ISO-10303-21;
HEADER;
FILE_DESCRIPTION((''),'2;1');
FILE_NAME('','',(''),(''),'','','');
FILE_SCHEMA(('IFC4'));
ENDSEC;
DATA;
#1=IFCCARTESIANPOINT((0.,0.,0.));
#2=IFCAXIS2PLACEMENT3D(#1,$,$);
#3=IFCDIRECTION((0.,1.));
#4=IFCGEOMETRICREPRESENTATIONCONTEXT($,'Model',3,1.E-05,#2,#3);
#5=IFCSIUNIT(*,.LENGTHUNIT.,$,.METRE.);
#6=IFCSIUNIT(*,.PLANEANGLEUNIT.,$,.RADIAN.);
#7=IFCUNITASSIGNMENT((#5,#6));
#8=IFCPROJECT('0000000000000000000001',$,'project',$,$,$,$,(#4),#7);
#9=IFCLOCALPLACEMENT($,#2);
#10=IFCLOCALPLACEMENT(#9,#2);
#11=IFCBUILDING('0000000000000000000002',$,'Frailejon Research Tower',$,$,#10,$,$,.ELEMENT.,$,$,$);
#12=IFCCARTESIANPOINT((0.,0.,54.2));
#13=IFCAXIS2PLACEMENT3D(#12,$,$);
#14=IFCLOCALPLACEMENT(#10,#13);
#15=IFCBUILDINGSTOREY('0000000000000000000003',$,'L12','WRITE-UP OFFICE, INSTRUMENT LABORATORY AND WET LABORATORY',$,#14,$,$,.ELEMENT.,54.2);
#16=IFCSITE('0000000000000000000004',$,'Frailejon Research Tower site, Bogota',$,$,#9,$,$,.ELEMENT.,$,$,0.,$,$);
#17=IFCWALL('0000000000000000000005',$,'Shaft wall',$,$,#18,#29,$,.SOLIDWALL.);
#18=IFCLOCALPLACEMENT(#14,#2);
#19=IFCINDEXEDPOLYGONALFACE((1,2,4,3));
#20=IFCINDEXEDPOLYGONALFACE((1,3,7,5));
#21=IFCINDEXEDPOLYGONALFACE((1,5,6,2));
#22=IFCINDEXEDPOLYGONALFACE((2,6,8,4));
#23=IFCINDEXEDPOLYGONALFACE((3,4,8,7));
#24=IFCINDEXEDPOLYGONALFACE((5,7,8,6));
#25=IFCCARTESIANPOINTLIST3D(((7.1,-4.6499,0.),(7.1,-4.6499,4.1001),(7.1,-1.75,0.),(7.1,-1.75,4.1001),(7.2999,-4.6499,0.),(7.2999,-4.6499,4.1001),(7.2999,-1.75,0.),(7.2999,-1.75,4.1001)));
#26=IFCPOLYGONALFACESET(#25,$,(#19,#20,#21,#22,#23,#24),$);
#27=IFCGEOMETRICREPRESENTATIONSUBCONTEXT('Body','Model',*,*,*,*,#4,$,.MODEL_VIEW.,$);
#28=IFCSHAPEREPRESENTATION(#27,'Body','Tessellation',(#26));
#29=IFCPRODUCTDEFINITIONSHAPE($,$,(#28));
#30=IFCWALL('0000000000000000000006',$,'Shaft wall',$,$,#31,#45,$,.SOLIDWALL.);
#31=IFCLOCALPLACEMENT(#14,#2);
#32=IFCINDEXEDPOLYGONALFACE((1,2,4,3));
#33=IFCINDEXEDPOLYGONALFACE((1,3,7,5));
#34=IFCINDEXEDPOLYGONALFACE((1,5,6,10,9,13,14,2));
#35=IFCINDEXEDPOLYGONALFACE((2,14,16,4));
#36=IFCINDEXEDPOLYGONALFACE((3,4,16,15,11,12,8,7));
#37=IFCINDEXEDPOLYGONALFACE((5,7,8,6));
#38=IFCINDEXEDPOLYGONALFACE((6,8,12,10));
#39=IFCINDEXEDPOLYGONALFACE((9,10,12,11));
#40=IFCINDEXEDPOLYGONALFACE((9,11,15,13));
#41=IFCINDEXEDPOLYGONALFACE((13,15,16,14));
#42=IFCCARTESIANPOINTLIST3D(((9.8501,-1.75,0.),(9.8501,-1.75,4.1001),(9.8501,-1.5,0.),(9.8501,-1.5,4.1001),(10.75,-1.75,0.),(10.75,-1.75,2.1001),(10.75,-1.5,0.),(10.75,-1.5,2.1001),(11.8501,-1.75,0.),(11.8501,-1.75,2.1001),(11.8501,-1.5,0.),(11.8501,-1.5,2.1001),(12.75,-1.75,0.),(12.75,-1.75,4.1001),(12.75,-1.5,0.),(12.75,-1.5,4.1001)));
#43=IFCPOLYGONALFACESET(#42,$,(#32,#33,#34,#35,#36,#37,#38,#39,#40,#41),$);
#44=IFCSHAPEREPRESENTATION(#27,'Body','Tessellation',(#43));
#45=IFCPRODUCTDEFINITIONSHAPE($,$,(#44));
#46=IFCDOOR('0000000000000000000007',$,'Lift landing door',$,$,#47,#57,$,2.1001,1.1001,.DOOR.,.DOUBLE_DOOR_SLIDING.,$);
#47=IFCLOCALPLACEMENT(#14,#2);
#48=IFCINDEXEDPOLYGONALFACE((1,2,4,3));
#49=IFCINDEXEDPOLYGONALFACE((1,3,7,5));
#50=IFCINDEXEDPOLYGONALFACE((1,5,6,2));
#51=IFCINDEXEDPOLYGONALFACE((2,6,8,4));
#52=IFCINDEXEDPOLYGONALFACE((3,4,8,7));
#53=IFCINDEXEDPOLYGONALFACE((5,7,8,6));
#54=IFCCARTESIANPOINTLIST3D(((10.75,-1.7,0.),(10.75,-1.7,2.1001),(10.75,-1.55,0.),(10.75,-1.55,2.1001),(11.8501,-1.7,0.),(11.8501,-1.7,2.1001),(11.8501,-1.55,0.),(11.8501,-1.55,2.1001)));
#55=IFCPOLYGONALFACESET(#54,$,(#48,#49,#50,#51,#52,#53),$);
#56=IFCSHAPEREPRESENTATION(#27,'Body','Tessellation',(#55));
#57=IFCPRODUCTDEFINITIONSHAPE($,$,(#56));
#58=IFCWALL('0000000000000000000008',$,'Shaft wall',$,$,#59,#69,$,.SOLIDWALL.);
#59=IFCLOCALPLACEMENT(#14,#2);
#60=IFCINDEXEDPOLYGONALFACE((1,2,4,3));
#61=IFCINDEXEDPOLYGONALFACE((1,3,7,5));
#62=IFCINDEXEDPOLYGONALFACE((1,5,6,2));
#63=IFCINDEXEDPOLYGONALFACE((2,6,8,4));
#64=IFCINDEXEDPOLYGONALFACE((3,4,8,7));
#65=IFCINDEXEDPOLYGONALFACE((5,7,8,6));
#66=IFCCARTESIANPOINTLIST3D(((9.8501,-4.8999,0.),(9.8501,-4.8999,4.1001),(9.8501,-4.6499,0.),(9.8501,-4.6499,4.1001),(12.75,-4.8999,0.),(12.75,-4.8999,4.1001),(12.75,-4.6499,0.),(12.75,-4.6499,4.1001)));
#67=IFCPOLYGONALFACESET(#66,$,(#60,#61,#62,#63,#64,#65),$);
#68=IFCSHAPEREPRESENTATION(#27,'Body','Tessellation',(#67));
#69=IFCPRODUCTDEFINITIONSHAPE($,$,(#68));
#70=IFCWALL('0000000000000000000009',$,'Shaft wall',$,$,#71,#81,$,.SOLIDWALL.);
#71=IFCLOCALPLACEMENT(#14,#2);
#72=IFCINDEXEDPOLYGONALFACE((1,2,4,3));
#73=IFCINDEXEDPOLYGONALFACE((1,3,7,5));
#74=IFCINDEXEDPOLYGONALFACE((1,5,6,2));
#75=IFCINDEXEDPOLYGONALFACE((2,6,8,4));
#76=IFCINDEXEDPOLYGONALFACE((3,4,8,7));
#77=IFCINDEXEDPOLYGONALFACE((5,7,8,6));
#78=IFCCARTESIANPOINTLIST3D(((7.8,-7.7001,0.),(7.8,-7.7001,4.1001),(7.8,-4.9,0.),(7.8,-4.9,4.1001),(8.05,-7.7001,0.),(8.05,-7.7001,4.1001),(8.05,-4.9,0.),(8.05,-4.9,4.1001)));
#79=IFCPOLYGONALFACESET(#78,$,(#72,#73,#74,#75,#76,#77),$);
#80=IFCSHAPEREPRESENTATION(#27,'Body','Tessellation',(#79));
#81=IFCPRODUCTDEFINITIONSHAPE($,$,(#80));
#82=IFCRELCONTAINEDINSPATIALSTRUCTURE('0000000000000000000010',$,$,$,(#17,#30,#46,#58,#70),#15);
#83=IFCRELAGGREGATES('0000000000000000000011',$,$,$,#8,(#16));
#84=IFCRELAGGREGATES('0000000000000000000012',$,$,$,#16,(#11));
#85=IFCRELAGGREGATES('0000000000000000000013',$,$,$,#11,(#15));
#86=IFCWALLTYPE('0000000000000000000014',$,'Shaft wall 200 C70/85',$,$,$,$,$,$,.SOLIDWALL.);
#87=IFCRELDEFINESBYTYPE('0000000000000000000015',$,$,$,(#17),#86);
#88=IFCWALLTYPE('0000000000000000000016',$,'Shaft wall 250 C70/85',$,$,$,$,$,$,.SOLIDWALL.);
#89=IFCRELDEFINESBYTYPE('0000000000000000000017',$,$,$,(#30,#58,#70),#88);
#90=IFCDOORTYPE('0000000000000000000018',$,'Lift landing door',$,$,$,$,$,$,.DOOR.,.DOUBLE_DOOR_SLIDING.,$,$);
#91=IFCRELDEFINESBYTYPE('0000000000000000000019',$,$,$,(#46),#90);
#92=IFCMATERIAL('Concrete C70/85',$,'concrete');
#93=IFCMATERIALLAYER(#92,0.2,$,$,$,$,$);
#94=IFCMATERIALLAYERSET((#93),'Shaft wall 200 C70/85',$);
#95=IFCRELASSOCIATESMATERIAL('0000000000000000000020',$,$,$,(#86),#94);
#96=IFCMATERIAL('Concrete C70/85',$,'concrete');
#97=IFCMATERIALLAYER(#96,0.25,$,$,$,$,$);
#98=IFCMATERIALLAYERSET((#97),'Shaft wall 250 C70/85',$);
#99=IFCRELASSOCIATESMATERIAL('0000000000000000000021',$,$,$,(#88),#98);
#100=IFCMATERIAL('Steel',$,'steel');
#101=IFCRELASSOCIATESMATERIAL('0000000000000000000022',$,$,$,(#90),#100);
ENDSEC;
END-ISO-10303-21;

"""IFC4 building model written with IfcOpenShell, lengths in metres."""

from ifc_helpers import new_model, si_unit, direction, frame, frame_2d, origin, place, context, subcontext, project, spatial, rectangle, extrude, material, layer, layer_set, type_object, element, fill, save


model = new_model("IFC4")

# Units and contexts
model_context = context("Model", 3, precision=1e-05, world=origin(), true_north=direction((0.0, 1.0)))
body_context = subcontext(model_context, "Body", "Model", "MODEL_VIEW")
ifc_project = project(units=[si_unit("LENGTHUNIT", "METRE"), si_unit("PLANEANGLEUNIT", "RADIAN")], contexts=[model_context])

# Site, building, storey
site_placement = place(None, origin())
site = spatial("IfcSite", under=ifc_project, at=site_placement, Name="Frailejon Research Tower site, Bogota", CompositionType="ELEMENT", RefElevation=0.0)
building_placement = place(site_placement, origin())
building = spatial("IfcBuilding", under=site, at=building_placement, Name="Frailejon Research Tower", CompositionType="ELEMENT")
storey_placement = place(building_placement, frame((0.0, 0.0, 54.2)))
storey = spatial("IfcBuildingStorey", under=building, at=storey_placement, Name="L12", Description="WRITE-UP OFFICE, INSTRUMENT LABORATORY AND WET LABORATORY", CompositionType="ELEMENT", Elevation=54.2)

# Wall
ifc_material_1 = material(Name="Concrete C70/85", Category="concrete")
ifc_layer_1 = layer(ifc_material_1, 0.2)
ifc_layer_set_1 = layer_set([ifc_layer_1], Name="Shaft wall 200 C70/85")
wall_type_1 = type_object("IfcWallType", Name="Shaft wall 200 C70/85", PredefinedType="SOLIDWALL", material=ifc_layer_set_1)
for number, where, z_axis, x_axis, name in (
    (1, (7.2, -4.6499, 0.0), (0.0, 0.0, 1.0), (0.0, 1.0, 0.0), "Shaft wall"),
):
    element("IfcWall", number, at=place(storey_placement, frame(where, z_axis=z_axis, x_axis=x_axis)), inside=storey, type_object=wall_type_1, Name=name, PredefinedType="SOLIDWALL", context=body_context, shape_type="SweptSolid", body=[
        extrude(rectangle(XDim=2.8999, YDim=0.2, at=frame_2d((1.45, 0.0))), origin(), (0.0, 0.0, 1.0), 4.1001),
    ])

# Wall, opening, door
ifc_material_2 = material(Name="Concrete C70/85", Category="concrete")
ifc_layer_2 = layer(ifc_material_2, 0.25)
ifc_layer_set_2 = layer_set([ifc_layer_2], Name="Shaft wall 250 C70/85")
wall_type_2 = type_object("IfcWallType", Name="Shaft wall 250 C70/85", PredefinedType="SOLIDWALL", material=ifc_layer_set_2)
wall_1_placement = place(storey_placement, frame((9.8501, -1.625, 0.0), z_axis=(0.0, 0.0, 1.0), x_axis=(1.0, 0.0, 0.0)))
wall_1 = element("IfcWall", 2, at=wall_1_placement, inside=storey, type_object=wall_type_2, Name="Shaft wall", PredefinedType="SOLIDWALL", context=body_context, shape_type="SweptSolid", body=[
    extrude(rectangle(XDim=2.8999, YDim=0.25, at=frame_2d((1.45, 0.0))), origin(), (0.0, 0.0, 1.0), 4.1001),
])
opening_1_placement = place(wall_1_placement, frame((0.8999, 0.0, 0.0)))
opening_1 = element("IfcOpeningElement", 3, at=opening_1_placement, cuts=wall_1, PredefinedType="OPENING", context=body_context, shape_type="SweptSolid", body=[
    extrude(rectangle(XDim=1.1001, YDim=2.1001, at=frame_2d((0.55, 1.05))), frame((0.0, 0.135, 0.0), z_axis=(0.0, -1.0, 0.0), x_axis=(1.0, 0.0, 0.0)), (0.0, 0.0, 1.0), 0.27),
])
ifc_material_3 = material(Name="Steel", Category="steel")
door_type_1 = type_object("IfcDoorType", Name="Lift landing door", OperationType="DOUBLE_DOOR_SLIDING", PredefinedType="DOOR", material=ifc_material_3)
door_1_placement = place(opening_1_placement, origin())
door_1 = element("IfcDoor", 4, at=door_1_placement, inside=storey, type_object=door_type_1, Name="Lift landing door", OperationType="DOUBLE_DOOR_SLIDING", OverallHeight=2.1001, OverallWidth=1.1001, PredefinedType="DOOR", context=body_context, shape_type="SweptSolid", body=[
    extrude(rectangle(XDim=1.1001, YDim=2.1001, at=frame_2d((0.55, 1.05))), frame((0.0, 0.075, 0.0), z_axis=(0.0, -1.0, 0.0), x_axis=(1.0, 0.0, 0.0)), (0.0, 0.0, 1.0), 0.1499),
])
fill(opening_1, door_1)

# Walls
wall_2_placement = place(storey_placement, frame((9.8501, -4.7749, 0.0), z_axis=(0.0, 0.0, 1.0), x_axis=(1.0, 0.0, 0.0)))
element("IfcWall", 5, at=wall_2_placement, inside=storey, type_object=wall_type_2, Name="Shaft wall", PredefinedType="SOLIDWALL", context=body_context, shape_type="SweptSolid", body=[
    extrude(rectangle(XDim=2.8999, YDim=0.25, at=frame_2d((1.45, 0.0))), origin(), (0.0, 0.0, 1.0), 4.1001),
])
wall_3_placement = place(storey_placement, frame((7.925, -7.7, 0.0), z_axis=(0.0, 0.0, 1.0), x_axis=(0.0, 1.0, 0.0)))
element("IfcWall", 6, at=wall_3_placement, inside=storey, type_object=wall_type_2, Name="Shaft wall", PredefinedType="SOLIDWALL", context=body_context, shape_type="SweptSolid", body=[
    extrude(rectangle(XDim=2.8, YDim=0.25, at=frame_2d((1.3999, 0.0))), origin(), (0.0, 0.0, 1.0), 4.1001),
])

save(model, "model.ifc")
